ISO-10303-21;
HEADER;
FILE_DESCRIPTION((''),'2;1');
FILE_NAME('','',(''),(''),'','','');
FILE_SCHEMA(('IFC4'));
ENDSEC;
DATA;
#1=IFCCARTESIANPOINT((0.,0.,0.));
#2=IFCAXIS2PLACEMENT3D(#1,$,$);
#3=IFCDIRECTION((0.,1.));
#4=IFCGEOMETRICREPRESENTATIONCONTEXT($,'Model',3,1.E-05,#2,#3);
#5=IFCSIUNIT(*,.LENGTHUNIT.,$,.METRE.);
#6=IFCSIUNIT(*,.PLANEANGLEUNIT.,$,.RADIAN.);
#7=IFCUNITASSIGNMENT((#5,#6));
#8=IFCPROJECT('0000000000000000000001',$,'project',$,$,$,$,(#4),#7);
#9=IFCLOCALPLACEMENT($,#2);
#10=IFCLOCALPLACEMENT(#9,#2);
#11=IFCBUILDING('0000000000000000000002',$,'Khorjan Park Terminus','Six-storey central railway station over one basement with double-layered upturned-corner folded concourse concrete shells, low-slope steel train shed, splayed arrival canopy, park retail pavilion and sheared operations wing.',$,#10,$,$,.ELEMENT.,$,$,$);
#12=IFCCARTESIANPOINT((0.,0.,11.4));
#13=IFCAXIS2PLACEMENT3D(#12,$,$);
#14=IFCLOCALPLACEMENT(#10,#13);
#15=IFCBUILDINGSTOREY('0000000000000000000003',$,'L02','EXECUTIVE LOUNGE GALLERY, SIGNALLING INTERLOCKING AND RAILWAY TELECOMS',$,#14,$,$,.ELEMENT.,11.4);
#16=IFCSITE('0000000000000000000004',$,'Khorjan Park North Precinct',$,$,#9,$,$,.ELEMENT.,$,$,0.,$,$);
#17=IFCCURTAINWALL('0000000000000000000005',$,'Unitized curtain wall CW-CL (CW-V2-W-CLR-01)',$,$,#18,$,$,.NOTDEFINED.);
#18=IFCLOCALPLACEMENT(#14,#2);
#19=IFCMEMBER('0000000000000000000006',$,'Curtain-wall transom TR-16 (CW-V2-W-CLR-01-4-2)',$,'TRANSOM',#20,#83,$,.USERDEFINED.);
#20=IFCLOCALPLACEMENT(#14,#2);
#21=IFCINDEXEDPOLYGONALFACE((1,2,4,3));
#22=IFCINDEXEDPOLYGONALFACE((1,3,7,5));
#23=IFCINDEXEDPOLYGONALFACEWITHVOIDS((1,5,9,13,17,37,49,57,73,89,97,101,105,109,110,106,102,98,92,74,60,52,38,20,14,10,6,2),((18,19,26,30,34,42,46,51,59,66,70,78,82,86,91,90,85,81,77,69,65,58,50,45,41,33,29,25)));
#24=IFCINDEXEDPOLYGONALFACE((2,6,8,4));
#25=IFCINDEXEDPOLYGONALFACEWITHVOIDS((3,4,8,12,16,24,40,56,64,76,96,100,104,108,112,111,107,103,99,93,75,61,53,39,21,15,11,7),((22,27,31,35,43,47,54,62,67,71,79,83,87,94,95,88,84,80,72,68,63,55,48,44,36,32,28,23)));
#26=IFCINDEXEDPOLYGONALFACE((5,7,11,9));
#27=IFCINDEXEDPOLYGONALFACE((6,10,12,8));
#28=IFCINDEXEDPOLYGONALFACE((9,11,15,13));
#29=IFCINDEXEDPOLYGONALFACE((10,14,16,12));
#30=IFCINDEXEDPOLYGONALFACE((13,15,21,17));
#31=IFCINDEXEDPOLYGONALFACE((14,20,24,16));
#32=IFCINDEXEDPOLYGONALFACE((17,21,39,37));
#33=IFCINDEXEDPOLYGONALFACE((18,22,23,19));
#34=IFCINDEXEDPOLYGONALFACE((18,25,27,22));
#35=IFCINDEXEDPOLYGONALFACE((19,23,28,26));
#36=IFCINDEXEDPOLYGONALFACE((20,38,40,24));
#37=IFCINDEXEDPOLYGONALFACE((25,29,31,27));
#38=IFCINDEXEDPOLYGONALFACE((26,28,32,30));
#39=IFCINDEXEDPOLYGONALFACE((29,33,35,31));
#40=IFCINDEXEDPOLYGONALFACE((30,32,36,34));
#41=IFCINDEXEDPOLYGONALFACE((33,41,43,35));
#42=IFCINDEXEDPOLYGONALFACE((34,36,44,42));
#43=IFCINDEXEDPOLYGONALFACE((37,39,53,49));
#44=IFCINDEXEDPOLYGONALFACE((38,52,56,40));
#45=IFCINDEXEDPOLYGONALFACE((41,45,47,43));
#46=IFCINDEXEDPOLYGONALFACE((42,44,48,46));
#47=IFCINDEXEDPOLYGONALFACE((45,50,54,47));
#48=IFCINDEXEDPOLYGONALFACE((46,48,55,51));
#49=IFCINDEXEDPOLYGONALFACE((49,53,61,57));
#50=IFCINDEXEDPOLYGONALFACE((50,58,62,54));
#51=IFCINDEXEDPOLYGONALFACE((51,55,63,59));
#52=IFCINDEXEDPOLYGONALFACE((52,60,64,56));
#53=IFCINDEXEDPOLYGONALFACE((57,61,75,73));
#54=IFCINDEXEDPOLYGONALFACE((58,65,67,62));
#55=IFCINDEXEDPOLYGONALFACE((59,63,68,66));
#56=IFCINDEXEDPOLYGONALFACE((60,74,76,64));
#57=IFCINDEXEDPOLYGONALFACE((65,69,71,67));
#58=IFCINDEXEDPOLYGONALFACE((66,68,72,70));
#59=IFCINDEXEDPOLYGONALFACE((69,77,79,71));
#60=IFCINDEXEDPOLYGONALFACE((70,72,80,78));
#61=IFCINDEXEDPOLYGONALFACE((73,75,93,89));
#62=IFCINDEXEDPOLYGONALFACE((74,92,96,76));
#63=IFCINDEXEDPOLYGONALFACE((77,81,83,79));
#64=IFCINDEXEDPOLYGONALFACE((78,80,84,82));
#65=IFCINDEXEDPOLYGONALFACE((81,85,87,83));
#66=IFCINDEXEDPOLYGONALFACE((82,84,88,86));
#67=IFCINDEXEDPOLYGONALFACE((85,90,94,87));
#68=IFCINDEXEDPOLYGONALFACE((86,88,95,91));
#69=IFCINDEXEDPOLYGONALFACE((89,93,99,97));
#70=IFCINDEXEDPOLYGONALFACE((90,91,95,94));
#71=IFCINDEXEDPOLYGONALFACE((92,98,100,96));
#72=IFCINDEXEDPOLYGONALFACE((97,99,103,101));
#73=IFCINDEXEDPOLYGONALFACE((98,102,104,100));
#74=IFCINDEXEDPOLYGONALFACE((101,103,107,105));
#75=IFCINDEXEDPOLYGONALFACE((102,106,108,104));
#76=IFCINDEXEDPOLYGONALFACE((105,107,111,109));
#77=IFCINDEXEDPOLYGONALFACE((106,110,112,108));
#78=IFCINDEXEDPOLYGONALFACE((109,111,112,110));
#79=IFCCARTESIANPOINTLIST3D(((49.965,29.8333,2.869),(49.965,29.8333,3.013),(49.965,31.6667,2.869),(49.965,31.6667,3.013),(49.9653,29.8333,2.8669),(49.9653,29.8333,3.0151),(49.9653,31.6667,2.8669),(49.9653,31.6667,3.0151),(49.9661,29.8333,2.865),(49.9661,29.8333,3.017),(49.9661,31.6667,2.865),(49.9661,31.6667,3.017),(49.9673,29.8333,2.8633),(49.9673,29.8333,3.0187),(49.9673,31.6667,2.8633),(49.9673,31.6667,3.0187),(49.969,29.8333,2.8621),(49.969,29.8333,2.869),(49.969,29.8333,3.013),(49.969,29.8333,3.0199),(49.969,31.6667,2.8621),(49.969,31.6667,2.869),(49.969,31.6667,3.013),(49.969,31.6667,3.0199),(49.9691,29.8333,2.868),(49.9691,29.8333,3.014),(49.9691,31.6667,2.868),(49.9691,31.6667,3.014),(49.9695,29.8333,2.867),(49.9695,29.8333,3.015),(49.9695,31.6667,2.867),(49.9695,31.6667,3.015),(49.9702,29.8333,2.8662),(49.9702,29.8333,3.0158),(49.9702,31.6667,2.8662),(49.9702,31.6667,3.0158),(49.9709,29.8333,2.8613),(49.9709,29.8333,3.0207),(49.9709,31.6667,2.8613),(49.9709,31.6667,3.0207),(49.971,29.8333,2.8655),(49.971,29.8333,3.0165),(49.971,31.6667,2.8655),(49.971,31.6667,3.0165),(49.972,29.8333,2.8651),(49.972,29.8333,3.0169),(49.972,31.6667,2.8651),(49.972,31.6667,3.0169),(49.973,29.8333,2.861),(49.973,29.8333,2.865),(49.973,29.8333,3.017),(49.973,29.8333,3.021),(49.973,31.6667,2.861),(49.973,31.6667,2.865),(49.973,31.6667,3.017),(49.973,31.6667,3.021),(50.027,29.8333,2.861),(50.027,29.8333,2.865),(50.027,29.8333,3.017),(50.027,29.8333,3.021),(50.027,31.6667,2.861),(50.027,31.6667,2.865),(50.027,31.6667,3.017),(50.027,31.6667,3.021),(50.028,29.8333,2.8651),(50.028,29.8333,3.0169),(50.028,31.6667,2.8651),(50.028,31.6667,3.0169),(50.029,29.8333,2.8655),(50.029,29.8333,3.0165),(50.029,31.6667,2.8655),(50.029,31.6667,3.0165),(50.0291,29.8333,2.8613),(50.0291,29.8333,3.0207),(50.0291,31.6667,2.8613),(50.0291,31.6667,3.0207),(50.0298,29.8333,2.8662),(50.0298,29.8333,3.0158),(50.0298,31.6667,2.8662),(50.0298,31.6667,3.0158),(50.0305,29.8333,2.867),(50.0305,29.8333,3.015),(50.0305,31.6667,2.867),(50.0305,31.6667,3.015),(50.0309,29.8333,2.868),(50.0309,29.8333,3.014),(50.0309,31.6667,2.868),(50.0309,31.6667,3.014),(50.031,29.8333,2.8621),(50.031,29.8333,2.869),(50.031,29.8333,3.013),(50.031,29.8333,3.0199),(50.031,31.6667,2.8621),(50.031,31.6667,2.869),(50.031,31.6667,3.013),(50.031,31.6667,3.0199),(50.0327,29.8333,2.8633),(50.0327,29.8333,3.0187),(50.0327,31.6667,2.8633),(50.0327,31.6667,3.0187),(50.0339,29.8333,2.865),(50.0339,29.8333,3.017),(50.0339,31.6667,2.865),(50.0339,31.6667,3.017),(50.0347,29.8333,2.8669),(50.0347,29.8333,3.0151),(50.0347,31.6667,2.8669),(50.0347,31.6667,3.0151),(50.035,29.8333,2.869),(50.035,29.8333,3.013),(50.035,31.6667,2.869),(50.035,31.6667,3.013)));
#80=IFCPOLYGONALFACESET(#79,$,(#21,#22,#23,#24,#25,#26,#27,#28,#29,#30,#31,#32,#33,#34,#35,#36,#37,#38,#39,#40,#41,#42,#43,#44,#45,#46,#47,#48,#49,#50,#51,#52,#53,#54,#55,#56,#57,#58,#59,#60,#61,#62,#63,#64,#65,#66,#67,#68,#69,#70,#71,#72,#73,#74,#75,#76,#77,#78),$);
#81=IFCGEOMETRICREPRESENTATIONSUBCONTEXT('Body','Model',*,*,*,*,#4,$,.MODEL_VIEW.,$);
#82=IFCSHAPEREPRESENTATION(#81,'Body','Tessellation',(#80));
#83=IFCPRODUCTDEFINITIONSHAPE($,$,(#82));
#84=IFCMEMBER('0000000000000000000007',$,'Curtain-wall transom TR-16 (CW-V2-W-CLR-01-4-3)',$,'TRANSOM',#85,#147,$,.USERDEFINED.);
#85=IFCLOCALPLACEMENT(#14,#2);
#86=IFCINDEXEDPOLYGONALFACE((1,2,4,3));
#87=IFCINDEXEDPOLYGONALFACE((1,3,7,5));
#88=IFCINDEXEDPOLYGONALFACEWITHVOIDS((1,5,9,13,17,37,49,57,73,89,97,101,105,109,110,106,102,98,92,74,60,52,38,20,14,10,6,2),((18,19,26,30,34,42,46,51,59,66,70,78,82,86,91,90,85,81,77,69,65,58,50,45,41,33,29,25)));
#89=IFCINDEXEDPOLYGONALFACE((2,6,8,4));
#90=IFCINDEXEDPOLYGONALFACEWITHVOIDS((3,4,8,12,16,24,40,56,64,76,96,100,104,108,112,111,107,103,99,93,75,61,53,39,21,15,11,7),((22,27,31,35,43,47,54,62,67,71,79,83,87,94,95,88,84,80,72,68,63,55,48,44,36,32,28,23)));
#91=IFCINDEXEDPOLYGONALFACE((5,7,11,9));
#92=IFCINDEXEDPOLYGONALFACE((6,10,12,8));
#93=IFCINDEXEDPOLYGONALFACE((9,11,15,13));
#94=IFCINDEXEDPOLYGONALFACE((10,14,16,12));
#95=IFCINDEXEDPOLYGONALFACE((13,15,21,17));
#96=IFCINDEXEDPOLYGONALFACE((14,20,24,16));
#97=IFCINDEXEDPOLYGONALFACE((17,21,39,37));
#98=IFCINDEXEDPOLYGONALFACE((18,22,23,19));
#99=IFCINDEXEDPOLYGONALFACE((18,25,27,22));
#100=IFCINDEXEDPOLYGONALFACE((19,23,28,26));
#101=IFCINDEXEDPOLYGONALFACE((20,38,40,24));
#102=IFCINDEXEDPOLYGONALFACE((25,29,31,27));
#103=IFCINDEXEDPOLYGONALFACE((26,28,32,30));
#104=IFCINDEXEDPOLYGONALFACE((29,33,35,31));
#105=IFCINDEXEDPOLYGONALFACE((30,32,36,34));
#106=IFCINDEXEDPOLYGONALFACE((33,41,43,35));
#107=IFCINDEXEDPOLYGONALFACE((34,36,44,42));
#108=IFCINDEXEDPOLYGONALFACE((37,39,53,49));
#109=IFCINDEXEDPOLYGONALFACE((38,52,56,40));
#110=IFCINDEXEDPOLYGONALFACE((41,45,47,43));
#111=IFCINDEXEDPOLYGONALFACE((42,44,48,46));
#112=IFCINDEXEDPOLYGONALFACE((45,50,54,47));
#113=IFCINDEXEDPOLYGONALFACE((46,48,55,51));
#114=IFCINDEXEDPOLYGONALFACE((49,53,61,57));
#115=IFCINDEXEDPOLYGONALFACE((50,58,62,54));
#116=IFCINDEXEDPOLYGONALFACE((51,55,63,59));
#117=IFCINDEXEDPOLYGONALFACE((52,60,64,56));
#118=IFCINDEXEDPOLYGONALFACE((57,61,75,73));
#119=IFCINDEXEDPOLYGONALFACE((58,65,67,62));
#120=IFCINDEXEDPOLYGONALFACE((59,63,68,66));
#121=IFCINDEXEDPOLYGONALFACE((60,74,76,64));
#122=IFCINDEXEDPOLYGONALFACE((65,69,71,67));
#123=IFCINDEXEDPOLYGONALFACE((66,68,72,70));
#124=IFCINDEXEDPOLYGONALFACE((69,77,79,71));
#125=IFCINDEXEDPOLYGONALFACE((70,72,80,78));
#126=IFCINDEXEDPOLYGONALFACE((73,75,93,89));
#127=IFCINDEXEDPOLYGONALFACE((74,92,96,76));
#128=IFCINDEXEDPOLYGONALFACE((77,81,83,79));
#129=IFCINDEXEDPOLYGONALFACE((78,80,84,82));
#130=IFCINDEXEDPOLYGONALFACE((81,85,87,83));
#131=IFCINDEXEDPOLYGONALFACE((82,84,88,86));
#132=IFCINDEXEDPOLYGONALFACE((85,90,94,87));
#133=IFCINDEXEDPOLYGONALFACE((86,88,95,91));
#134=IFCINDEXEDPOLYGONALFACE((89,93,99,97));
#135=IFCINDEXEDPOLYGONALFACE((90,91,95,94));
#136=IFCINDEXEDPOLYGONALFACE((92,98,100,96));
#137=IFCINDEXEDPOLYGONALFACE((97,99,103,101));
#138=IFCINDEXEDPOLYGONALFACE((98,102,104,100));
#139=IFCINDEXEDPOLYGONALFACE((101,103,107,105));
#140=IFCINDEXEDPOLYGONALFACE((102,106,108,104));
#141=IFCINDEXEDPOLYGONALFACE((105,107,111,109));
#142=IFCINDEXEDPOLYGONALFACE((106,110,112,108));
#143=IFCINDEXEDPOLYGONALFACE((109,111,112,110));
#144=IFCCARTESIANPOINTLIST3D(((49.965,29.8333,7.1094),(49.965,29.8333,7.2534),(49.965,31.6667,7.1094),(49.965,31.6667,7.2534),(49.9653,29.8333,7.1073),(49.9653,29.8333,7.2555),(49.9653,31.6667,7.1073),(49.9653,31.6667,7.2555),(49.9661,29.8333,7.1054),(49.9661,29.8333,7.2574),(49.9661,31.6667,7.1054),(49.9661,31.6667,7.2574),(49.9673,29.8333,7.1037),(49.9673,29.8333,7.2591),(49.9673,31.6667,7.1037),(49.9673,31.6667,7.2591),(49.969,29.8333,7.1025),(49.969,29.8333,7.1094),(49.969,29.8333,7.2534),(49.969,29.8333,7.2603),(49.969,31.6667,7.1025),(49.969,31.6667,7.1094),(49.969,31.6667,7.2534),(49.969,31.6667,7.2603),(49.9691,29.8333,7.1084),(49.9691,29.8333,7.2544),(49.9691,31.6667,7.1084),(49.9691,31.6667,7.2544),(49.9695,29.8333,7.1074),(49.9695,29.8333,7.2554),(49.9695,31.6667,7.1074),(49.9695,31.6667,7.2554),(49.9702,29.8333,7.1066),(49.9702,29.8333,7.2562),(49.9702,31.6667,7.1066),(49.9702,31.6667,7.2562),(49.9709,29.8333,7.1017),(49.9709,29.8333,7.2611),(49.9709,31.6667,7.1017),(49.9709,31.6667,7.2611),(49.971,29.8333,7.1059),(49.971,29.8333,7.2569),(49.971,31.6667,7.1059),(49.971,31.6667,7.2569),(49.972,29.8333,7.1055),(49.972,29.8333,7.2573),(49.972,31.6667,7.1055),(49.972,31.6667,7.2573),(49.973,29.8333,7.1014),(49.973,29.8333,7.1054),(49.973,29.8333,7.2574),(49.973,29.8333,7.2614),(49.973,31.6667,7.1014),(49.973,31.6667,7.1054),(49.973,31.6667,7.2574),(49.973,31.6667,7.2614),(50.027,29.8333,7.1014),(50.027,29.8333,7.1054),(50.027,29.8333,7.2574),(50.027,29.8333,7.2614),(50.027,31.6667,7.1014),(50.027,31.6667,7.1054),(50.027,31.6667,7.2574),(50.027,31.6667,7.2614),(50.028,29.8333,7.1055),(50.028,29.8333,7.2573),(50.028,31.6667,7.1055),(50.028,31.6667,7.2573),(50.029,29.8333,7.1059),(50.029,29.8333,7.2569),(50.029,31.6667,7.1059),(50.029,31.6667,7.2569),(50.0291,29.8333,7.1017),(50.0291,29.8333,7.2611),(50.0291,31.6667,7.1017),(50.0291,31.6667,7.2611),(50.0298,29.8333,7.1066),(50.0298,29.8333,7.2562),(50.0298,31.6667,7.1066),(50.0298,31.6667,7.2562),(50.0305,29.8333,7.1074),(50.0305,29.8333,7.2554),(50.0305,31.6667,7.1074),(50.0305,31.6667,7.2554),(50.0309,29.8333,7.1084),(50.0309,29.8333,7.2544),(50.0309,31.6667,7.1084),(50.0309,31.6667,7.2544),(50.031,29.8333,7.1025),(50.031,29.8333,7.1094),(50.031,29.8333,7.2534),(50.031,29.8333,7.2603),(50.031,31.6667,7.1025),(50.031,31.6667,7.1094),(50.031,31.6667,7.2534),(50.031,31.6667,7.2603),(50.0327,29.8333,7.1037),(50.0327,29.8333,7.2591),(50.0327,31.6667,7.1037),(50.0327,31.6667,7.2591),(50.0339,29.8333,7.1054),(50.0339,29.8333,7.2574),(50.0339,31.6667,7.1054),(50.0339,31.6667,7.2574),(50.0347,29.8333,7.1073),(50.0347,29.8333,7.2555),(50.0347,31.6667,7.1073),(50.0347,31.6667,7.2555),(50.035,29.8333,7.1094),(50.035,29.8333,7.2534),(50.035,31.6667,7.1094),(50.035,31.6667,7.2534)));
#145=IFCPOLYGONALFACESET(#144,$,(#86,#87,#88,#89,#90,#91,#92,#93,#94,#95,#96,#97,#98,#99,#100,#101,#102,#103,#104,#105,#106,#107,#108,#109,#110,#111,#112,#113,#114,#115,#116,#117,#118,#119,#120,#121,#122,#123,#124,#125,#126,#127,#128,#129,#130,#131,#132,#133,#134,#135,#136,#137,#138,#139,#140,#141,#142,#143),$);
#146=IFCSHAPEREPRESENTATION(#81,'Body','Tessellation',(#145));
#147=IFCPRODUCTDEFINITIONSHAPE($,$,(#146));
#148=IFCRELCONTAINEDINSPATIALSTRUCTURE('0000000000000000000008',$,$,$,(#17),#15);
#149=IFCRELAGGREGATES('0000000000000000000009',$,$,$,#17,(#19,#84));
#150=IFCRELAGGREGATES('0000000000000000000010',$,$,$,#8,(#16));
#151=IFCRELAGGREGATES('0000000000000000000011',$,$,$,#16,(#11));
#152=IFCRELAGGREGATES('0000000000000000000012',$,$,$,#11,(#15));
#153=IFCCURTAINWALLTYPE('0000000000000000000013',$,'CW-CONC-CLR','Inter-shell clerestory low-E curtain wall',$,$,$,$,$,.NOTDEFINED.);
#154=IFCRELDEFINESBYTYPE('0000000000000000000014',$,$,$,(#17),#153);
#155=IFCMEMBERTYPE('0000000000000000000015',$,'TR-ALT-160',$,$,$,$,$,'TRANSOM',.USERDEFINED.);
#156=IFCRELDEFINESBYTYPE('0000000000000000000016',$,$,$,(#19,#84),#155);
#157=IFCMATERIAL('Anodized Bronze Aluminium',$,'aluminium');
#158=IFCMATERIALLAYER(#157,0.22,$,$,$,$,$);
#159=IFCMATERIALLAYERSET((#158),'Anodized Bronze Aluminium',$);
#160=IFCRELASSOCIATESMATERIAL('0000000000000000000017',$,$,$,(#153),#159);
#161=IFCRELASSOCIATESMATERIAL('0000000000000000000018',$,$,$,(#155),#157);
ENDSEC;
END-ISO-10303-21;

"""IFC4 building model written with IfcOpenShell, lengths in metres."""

from ifc_helpers import new_model, si_unit, direction, frame, origin, origin_2d, place, context, subcontext, project, spatial, hollow_rectangle, extrude, material, layer, layer_set, material_profile, profile_set, type_object, element, aggregate, save


model = new_model("IFC4")

# Units and contexts
model_context = context("Model", 3, precision=1e-05, world=origin(), true_north=direction((0.0, 1.0)))
body_context = subcontext(model_context, "Body", "Model", "MODEL_VIEW")
ifc_project = project(units=[si_unit("LENGTHUNIT", "METRE"), si_unit("PLANEANGLEUNIT", "RADIAN")], contexts=[model_context])

# Site, building, storey
site_placement = place(None, origin())
site = spatial("IfcSite", under=ifc_project, at=site_placement, Name="Khorjan Park North Precinct", CompositionType="ELEMENT", RefElevation=0.0)
building_placement = place(site_placement, origin())
building = spatial("IfcBuilding", under=site, at=building_placement, Name="Khorjan Park Terminus", Description="Six-storey central railway station over one basement with double-layered upturned-corner folded concourse concrete shells, low-slope steel train shed, splayed arrival canopy, park retail pavilion and sheared operations wing.", CompositionType="ELEMENT")
storey_placement = place(building_placement, frame((0.0, 0.0, 11.4)))
storey = spatial("IfcBuildingStorey", under=building, at=storey_placement, Name="L02", Description="EXECUTIVE LOUNGE GALLERY, SIGNALLING INTERLOCKING AND RAILWAY TELECOMS", CompositionType="ELEMENT", Elevation=11.4)

# Curtain wall
ifc_material_1 = material(Name="Anodized Bronze Aluminium", Category="aluminium")
ifc_layer_1 = layer(ifc_material_1, 0.22)
ifc_layer_set_1 = layer_set([ifc_layer_1], Name="Anodized Bronze Aluminium")
curtain_wall_type = type_object("IfcCurtainWallType", Name="CW-CONC-CLR", Description="Inter-shell clerestory low-E curtain wall", PredefinedType="NOTDEFINED", material=ifc_layer_set_1)
curtain_wall_placement = place(storey_placement, origin())
curtain_wall = element("IfcCurtainWall", 1, at=curtain_wall_placement, inside=storey, type_object=curtain_wall_type, Name="Unitized curtain wall CW-CL (CW-V2-W-CLR-01)", PredefinedType="NOTDEFINED")

# Members
ifc_material_profile_1 = material_profile(ifc_material_1, hollow_rectangle(XDim=0.07, YDim=0.16, WallThickness=0.004, InnerFilletRadius=0.004, OuterFilletRadius=0.008, at=origin_2d()), Name="ALT 70x160x4")
ifc_profile_set_1 = profile_set([ifc_material_profile_1], Name="Anodized Bronze Aluminium")
member_type_1 = type_object("IfcMemberType", Name="TR-ALT-160", ElementType="TRANSOM", PredefinedType="USERDEFINED", material=ifc_profile_set_1)
member_1_placement = place(storey_placement, frame((50.0, 31.6667, 2.941), z_axis=(0.0, -1.0, 0.0), x_axis=(1.0, 0.0, 0.0)))
member_1 = element("IfcMember", 2, at=member_1_placement, type_object=member_type_1, Name="Curtain-wall transom TR-16 (CW-V2-W-CLR-01-4-2)", ObjectType="TRANSOM", PredefinedType="USERDEFINED", context=body_context, shape_type="SweptSolid", body=[
    extrude(hollow_rectangle(XDim=0.07, YDim=0.16, WallThickness=0.004, InnerFilletRadius=0.004, OuterFilletRadius=0.008, at=origin_2d()), origin(), (0.0, 0.0, 1.0), 1.8334),
])
member_2_placement = place(storey_placement, frame((50.0, 31.6667, 7.1814), z_axis=(0.0, -1.0, 0.0), x_axis=(1.0, 0.0, 0.0)))
member_2 = element("IfcMember", 3, at=member_2_placement, type_object=member_type_1, Name="Curtain-wall transom TR-16 (CW-V2-W-CLR-01-4-3)", ObjectType="TRANSOM", PredefinedType="USERDEFINED", context=body_context, shape_type="SweptSolid", body=[
    extrude(hollow_rectangle(XDim=0.07, YDim=0.16, WallThickness=0.004, InnerFilletRadius=0.004, OuterFilletRadius=0.008, at=origin_2d()), origin(), (0.0, 0.0, 1.0), 1.8334),
])

aggregate(curtain_wall, [member_1, member_2])

save(model, "model.ifc")
